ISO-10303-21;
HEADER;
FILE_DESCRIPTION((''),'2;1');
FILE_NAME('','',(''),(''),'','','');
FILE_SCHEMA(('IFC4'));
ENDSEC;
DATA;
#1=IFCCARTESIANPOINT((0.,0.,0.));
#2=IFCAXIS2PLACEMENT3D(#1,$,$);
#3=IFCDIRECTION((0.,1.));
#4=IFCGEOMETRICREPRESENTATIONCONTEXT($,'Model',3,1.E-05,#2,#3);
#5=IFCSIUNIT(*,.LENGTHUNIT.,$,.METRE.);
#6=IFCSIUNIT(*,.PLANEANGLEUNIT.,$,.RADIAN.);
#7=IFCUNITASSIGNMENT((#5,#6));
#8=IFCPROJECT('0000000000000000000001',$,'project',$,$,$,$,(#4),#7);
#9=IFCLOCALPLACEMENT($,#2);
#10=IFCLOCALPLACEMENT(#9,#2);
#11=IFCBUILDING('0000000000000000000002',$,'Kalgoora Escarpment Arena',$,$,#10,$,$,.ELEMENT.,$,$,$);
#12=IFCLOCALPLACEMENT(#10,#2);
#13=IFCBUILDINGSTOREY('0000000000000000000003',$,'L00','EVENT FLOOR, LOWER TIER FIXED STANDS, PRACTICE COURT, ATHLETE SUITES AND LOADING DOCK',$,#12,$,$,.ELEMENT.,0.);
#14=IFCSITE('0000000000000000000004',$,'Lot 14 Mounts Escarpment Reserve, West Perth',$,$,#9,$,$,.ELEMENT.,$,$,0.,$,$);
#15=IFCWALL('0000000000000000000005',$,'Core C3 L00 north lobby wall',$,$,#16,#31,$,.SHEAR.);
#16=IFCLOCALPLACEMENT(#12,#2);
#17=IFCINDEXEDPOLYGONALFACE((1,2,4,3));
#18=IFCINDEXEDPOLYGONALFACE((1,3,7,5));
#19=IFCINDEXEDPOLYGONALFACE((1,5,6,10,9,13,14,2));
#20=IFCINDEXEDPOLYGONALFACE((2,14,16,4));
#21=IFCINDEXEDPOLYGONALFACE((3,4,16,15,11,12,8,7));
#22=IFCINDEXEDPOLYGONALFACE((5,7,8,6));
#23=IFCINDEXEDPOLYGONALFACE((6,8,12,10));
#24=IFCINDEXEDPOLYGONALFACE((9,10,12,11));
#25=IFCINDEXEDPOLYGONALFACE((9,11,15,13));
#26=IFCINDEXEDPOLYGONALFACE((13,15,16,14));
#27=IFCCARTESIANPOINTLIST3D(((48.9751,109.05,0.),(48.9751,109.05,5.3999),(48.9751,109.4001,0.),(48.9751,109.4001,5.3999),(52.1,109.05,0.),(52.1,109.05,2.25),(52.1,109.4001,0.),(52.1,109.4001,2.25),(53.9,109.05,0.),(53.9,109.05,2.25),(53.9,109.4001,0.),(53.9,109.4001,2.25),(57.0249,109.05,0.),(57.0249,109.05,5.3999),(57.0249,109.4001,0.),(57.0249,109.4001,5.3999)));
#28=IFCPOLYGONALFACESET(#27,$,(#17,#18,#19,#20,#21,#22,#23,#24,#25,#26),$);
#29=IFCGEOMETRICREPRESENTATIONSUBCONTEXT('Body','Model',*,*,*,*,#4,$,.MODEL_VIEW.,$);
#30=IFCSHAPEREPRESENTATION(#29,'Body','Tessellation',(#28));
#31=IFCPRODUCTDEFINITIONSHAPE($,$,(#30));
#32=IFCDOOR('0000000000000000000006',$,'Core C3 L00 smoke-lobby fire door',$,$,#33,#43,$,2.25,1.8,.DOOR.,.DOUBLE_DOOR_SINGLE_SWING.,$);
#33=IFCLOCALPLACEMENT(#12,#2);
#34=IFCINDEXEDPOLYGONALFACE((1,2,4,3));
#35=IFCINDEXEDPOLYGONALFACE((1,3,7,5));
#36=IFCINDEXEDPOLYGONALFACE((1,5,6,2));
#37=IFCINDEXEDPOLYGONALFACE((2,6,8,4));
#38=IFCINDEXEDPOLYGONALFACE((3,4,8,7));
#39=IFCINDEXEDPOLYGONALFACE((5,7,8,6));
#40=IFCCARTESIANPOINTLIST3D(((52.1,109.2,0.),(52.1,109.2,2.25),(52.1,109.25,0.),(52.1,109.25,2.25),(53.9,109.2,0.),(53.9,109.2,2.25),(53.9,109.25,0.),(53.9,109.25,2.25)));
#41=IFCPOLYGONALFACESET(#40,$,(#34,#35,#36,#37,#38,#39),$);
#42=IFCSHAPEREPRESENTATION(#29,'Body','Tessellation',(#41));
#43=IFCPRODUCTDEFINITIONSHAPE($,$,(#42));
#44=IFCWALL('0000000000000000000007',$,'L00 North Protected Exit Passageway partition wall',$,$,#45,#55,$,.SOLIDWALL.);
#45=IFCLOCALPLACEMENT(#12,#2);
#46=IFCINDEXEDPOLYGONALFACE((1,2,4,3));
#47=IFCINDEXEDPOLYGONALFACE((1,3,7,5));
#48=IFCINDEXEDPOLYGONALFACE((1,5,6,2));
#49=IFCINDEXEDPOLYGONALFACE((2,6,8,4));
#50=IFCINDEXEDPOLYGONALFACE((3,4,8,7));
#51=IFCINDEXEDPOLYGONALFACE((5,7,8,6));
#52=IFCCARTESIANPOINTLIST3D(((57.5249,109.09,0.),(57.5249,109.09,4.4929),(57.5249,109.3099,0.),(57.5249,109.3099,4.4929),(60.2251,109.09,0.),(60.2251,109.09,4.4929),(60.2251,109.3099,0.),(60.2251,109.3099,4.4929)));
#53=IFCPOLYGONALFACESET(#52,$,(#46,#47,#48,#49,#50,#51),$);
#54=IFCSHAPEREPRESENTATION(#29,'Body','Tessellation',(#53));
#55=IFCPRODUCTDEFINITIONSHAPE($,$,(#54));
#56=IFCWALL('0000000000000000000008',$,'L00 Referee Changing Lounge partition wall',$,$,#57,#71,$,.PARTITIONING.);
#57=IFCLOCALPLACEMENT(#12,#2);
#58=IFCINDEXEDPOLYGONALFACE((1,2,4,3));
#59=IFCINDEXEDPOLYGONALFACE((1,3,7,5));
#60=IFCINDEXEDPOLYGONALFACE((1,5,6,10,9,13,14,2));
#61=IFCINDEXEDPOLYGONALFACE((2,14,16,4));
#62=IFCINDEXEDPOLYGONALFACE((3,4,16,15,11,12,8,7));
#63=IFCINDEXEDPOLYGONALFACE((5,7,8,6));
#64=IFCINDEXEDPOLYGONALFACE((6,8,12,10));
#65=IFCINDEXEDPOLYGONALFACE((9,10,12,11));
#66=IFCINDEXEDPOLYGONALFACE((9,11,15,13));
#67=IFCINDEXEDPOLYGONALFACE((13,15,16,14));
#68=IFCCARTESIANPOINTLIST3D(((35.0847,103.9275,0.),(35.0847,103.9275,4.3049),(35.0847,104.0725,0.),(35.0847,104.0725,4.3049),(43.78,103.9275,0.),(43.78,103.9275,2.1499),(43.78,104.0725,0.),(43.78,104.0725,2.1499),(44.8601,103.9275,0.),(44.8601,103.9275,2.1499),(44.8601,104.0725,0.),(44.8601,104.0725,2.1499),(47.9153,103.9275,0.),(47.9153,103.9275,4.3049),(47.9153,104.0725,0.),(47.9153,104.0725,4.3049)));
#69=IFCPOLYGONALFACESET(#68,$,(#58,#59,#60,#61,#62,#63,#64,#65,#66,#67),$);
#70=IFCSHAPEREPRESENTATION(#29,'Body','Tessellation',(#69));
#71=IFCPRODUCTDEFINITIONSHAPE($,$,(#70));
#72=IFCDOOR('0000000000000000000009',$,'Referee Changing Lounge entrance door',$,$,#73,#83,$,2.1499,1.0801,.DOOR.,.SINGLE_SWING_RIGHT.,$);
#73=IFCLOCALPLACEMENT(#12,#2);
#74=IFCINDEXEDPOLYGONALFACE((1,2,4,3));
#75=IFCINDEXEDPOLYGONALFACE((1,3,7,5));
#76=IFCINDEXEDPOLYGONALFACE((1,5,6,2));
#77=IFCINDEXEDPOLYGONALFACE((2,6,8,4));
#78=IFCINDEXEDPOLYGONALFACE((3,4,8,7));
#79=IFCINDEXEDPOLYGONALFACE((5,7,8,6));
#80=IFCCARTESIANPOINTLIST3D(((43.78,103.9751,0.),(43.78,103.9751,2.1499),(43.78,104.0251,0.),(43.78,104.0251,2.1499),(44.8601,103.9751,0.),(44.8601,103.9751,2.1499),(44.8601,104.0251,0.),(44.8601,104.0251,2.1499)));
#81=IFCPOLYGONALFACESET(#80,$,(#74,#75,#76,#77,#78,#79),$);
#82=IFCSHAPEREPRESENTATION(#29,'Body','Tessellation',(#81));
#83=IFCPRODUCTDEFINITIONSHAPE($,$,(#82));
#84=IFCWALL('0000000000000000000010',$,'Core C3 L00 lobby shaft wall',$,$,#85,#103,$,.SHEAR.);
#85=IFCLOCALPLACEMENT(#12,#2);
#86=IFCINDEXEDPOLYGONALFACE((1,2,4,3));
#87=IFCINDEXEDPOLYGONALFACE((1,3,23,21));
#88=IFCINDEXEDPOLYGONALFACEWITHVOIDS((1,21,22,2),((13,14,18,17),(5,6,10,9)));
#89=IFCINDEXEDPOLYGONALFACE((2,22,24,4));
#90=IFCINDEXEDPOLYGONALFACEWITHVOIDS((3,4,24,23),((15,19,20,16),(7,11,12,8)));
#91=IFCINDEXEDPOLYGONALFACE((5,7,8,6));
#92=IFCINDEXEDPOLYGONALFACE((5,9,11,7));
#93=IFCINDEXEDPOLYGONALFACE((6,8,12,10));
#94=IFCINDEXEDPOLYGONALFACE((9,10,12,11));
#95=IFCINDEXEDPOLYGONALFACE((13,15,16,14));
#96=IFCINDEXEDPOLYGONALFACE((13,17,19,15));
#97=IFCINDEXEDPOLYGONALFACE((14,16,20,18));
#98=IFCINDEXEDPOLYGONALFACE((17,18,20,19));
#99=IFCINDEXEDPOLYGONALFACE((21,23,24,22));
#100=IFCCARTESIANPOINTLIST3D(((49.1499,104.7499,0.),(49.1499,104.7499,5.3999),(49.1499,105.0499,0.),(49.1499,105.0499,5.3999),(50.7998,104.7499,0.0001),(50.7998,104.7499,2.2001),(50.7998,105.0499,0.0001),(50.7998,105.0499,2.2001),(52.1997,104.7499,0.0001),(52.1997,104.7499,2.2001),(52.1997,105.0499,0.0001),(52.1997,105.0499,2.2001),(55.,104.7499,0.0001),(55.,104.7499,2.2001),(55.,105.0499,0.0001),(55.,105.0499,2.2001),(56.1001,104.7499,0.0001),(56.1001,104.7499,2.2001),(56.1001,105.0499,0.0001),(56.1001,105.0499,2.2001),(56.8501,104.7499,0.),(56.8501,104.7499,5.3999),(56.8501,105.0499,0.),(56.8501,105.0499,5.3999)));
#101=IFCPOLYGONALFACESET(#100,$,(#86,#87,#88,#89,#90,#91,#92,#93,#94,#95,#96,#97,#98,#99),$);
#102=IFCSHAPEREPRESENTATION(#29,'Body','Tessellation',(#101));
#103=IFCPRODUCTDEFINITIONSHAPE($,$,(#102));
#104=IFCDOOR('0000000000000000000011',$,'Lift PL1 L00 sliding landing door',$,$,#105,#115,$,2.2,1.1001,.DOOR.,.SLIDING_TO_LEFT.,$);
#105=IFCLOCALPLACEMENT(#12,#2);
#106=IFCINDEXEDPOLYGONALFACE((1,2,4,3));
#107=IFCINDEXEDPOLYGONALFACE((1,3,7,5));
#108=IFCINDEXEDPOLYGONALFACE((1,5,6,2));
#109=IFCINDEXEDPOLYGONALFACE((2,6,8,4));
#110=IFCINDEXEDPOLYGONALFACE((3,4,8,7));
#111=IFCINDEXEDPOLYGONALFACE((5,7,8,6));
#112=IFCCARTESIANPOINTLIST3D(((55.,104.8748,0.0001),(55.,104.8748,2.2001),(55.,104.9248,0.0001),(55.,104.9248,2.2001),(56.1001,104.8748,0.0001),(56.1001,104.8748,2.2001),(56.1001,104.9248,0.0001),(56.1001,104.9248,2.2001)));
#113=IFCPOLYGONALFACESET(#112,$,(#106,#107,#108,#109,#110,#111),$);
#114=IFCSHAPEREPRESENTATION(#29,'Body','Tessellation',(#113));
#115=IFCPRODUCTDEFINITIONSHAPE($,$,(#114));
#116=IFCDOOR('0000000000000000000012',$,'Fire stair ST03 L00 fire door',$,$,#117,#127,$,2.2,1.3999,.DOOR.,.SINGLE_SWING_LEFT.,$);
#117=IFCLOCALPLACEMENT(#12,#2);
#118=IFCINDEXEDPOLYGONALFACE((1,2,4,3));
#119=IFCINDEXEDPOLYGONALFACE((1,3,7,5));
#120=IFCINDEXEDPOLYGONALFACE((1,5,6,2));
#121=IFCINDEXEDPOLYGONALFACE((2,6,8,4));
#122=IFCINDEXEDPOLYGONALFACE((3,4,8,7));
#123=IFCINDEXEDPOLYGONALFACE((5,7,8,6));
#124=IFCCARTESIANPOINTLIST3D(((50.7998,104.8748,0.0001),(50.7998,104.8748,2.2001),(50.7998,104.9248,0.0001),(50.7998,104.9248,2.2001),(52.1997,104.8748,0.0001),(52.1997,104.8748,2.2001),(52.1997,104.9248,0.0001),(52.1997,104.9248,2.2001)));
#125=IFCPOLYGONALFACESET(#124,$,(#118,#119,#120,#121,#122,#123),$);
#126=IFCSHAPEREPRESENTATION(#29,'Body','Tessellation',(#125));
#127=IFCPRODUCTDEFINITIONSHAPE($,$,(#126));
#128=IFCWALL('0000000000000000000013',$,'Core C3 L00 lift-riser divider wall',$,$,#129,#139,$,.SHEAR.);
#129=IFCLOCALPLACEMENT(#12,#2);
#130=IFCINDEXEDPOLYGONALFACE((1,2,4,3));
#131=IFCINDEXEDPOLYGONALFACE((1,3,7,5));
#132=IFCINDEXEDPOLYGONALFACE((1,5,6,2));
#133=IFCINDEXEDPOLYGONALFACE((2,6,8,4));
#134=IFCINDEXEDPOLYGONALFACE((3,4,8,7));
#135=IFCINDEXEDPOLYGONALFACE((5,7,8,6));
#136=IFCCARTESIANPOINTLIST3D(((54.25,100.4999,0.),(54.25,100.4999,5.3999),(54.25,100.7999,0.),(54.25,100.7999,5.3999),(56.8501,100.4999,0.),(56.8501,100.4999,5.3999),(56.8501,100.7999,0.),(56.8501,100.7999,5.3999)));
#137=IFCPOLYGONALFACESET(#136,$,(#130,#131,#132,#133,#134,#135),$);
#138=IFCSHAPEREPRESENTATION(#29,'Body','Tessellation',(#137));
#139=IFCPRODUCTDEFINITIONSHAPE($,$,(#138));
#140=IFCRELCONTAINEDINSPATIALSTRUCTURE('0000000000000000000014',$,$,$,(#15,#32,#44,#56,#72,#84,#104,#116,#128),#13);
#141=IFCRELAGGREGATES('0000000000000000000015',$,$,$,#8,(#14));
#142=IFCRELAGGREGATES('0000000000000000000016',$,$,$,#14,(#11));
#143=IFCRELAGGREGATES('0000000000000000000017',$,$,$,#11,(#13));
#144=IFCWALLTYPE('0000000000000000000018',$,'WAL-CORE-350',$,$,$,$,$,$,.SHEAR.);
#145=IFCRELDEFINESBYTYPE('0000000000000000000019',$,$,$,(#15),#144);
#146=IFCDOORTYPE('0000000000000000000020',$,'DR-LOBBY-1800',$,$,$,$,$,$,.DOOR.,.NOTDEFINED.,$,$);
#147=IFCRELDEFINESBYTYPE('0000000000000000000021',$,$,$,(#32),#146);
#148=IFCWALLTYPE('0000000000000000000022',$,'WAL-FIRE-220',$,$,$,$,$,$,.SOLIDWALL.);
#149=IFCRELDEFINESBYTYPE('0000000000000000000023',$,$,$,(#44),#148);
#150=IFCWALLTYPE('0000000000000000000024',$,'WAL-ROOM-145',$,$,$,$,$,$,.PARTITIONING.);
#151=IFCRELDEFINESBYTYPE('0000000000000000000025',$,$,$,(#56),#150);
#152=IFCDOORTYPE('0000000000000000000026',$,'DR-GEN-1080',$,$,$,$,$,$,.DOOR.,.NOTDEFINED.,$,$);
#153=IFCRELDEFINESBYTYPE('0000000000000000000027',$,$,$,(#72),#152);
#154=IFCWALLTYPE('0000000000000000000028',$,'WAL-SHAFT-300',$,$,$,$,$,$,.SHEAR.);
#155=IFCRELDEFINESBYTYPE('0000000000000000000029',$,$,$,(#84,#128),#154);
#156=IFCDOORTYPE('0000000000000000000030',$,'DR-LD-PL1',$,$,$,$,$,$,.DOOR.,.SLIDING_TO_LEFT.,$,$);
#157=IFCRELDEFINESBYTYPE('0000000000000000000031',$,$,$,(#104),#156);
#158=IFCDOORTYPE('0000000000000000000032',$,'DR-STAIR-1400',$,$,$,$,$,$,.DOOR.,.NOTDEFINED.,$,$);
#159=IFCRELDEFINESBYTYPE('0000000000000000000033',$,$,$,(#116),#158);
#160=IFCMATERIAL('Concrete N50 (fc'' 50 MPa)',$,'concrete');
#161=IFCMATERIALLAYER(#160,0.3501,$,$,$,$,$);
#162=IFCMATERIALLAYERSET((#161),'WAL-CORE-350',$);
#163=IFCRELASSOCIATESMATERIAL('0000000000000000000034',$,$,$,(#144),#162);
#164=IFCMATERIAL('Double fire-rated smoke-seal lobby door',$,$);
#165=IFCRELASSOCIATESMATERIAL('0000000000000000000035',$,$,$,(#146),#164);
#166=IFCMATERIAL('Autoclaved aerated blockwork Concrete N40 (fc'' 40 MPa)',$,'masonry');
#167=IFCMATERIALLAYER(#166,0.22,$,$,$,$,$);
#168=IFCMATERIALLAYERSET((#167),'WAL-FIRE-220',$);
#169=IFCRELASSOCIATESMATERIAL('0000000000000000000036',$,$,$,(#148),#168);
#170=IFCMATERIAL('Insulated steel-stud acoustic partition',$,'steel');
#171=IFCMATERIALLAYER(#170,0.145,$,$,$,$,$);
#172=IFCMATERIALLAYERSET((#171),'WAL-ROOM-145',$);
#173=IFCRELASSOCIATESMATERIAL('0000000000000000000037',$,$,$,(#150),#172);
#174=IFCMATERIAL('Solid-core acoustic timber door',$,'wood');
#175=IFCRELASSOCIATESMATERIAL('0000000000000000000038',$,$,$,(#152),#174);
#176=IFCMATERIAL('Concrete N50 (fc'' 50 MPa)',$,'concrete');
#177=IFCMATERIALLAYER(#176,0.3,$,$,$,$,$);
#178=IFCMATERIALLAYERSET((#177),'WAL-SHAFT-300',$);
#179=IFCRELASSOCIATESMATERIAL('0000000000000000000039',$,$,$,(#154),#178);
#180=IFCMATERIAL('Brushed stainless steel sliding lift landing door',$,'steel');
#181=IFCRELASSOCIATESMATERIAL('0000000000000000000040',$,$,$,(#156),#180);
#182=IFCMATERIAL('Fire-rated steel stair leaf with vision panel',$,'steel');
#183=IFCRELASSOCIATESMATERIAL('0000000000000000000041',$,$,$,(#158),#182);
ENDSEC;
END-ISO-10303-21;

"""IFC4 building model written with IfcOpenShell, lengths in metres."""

from ifc_helpers import new_model, si_unit, direction, frame, frame_2d, origin, place, context, subcontext, project, spatial, rectangle, extrude, material, layer, layer_set, type_object, element, fill, save


model = new_model("IFC4")

# Units and contexts
model_context = context("Model", 3, precision=1e-05, world=origin(), true_north=direction((0.0, 1.0)))
body_context = subcontext(model_context, "Body", "Model", "MODEL_VIEW")
ifc_project = project(units=[si_unit("LENGTHUNIT", "METRE"), si_unit("PLANEANGLEUNIT", "RADIAN")], contexts=[model_context])

# Site, building, storey
site_placement = place(None, origin())
site = spatial("IfcSite", under=ifc_project, at=site_placement, Name="Lot 14 Mounts Escarpment Reserve, West Perth", CompositionType="ELEMENT", RefElevation=0.0)
building_placement = place(site_placement, origin())
building = spatial("IfcBuilding", under=site, at=building_placement, Name="Kalgoora Escarpment Arena", CompositionType="ELEMENT")
storey_placement = place(building_placement, origin())
storey = spatial("IfcBuildingStorey", under=building, at=storey_placement, Name="L00", Description="EVENT FLOOR, LOWER TIER FIXED STANDS, PRACTICE COURT, ATHLETE SUITES AND LOADING DOCK", CompositionType="ELEMENT", Elevation=0.0)

# Wall, opening, door
ifc_material_1 = material(Name="Concrete N50 (fc' 50 MPa)", Category="concrete")
ifc_layer_1 = layer(ifc_material_1, 0.3501)
ifc_layer_set_1 = layer_set([ifc_layer_1], Name="WAL-CORE-350")
wall_type_1 = type_object("IfcWallType", Name="WAL-CORE-350", PredefinedType="SHEAR", material=ifc_layer_set_1)
wall_1_placement = place(storey_placement, frame((48.9751, 109.2251, 0.0), z_axis=(0.0, 0.0, 1.0), x_axis=(1.0, 0.0, 0.0)))
wall_1 = element("IfcWall", 1, at=wall_1_placement, inside=storey, type_object=wall_type_1, Name="Core C3 L00 north lobby wall", PredefinedType="SHEAR", context=body_context, shape_type="SweptSolid", body=[
    extrude(rectangle(XDim=8.0498, YDim=0.3501, at=frame_2d((4.0249, 0.0))), origin(), (0.0, 0.0, 1.0), 5.3999),
])
opening_1_placement = place(wall_1_placement, frame((3.125, 0.0, 0.0)))
opening_1 = element("IfcOpeningElement", 2, at=opening_1_placement, cuts=wall_1, PredefinedType="OPENING", context=body_context, shape_type="SweptSolid", body=[
    extrude(rectangle(XDim=1.8, YDim=2.25, at=frame_2d((0.8999, 1.125))), frame((0.0, 0.1851, 0.0), z_axis=(0.0, -1.0, 0.0), x_axis=(1.0, 0.0, 0.0)), (0.0, 0.0, 1.0), 0.3701),
])
ifc_material_2 = material(Name="Double fire-rated smoke-seal lobby door")
door_type_1 = type_object("IfcDoorType", Name="DR-LOBBY-1800", OperationType="NOTDEFINED", PredefinedType="DOOR", material=ifc_material_2)
door_1_placement = place(opening_1_placement, origin())
door_1 = element("IfcDoor", 3, at=door_1_placement, inside=storey, type_object=door_type_1, Name="Core C3 L00 smoke-lobby fire door", OperationType="DOUBLE_DOOR_SINGLE_SWING", OverallHeight=2.25, OverallWidth=1.8, PredefinedType="DOOR", context=body_context, shape_type="SweptSolid", body=[
    extrude(rectangle(XDim=1.8, YDim=2.25, at=frame_2d((0.8999, 1.125))), frame((0.0, 0.0249, 0.0), z_axis=(0.0, -1.0, 0.0), x_axis=(1.0, 0.0, 0.0)), (0.0, 0.0, 1.0), 0.05),
])
fill(opening_1, door_1)

# Wall
ifc_material_3 = material(Name="Autoclaved aerated blockwork Concrete N40 (fc' 40 MPa)", Category="masonry")
ifc_layer_2 = layer(ifc_material_3, 0.22)
ifc_layer_set_2 = layer_set([ifc_layer_2], Name="WAL-FIRE-220")
wall_type_2 = type_object("IfcWallType", Name="WAL-FIRE-220", PredefinedType="SOLIDWALL", material=ifc_layer_set_2)
wall_2_placement = place(storey_placement, frame((60.2251, 109.2, 0.0), z_axis=(0.0, 0.0, 1.0), x_axis=(-1.0, 0.0, 0.0)))
element("IfcWall", 4, at=wall_2_placement, inside=storey, type_object=wall_type_2, Name="L00 North Protected Exit Passageway partition wall", PredefinedType="SOLIDWALL", context=body_context, shape_type="SweptSolid", body=[
    extrude(rectangle(XDim=2.7002, YDim=0.22, at=frame_2d((1.3501, 0.0))), origin(), (0.0, 0.0, 1.0), 4.4929),
])

# Wall, opening, door
ifc_material_4 = material(Name="Insulated steel-stud acoustic partition", Category="steel")
ifc_layer_3 = layer(ifc_material_4, 0.145)
ifc_layer_set_3 = layer_set([ifc_layer_3], Name="WAL-ROOM-145")
wall_type_3 = type_object("IfcWallType", Name="WAL-ROOM-145", PredefinedType="PARTITIONING", material=ifc_layer_set_3)
wall_3_placement = place(storey_placement, frame((47.9153, 104.0, 0.0), z_axis=(0.0, 0.0, 1.0), x_axis=(-1.0, 0.0, 0.0)))
wall_3 = element("IfcWall", 5, at=wall_3_placement, inside=storey, type_object=wall_type_3, Name="L00 Referee Changing Lounge partition wall", PredefinedType="PARTITIONING", context=body_context, shape_type="SweptSolid", body=[
    extrude(rectangle(XDim=12.8306, YDim=0.145, at=frame_2d((6.4153, 0.0))), origin(), (0.0, 0.0, 1.0), 4.3049),
])
opening_2_placement = place(wall_3_placement, frame((3.0552, 0.0, 0.0)))
opening_2 = element("IfcOpeningElement", 6, at=opening_2_placement, cuts=wall_3, PredefinedType="OPENING", context=body_context, shape_type="SweptSolid", body=[
    extrude(rectangle(XDim=1.0801, YDim=2.1499, at=frame_2d((0.54, 1.075))), frame((0.0, 0.0825, 0.0), z_axis=(0.0, -1.0, 0.0), x_axis=(1.0, 0.0, 0.0)), (0.0, 0.0, 1.0), 0.165),
])
ifc_material_5 = material(Name="Solid-core acoustic timber door", Category="wood")
door_type_2 = type_object("IfcDoorType", Name="DR-GEN-1080", OperationType="NOTDEFINED", PredefinedType="DOOR", material=ifc_material_5)
door_2_placement = place(opening_2_placement, origin())
door_2 = element("IfcDoor", 7, at=door_2_placement, inside=storey, type_object=door_type_2, Name="Referee Changing Lounge entrance door", OperationType="SINGLE_SWING_RIGHT", OverallHeight=2.1499, OverallWidth=1.0801, PredefinedType="DOOR", context=body_context, shape_type="SweptSolid", body=[
    extrude(rectangle(XDim=1.0801, YDim=2.1499, at=frame_2d((0.54, 1.075))), frame((0.0, 0.0249, 0.0), z_axis=(0.0, -1.0, 0.0), x_axis=(1.0, 0.0, 0.0)), (0.0, 0.0, 1.0), 0.05),
])
fill(opening_2, door_2)

# Wall, openings, doors
ifc_material_6 = material(Name="Concrete N50 (fc' 50 MPa)", Category="concrete")
ifc_layer_4 = layer(ifc_material_6, 0.3)
ifc_layer_set_4 = layer_set([ifc_layer_4], Name="WAL-SHAFT-300")
wall_type_4 = type_object("IfcWallType", Name="WAL-SHAFT-300", PredefinedType="SHEAR", material=ifc_layer_set_4)
wall_4_placement = place(storey_placement, frame((49.1499, 104.8999, 0.0), z_axis=(0.0, 0.0, 1.0), x_axis=(1.0, 0.0, 0.0)))
wall_4 = element("IfcWall", 8, at=wall_4_placement, inside=storey, type_object=wall_type_4, Name="Core C3 L00 lobby shaft wall", PredefinedType="SHEAR", context=body_context, shape_type="SweptSolid", body=[
    extrude(rectangle(XDim=7.7002, YDim=0.3, at=frame_2d((3.8501, 0.0))), origin(), (0.0, 0.0, 1.0), 5.3999),
])
opening_3_placement = place(wall_4_placement, frame((1.6499, 0.0, 0.0)))
opening_3 = element("IfcOpeningElement", 9, at=opening_3_placement, cuts=wall_4, PredefinedType="OPENING", context=body_context, shape_type="SweptSolid", body=[
    extrude(rectangle(XDim=1.3999, YDim=2.2, at=frame_2d((0.7, 1.1001))), frame((0.0, 0.1599, 0.0), z_axis=(0.0, -1.0, 0.0), x_axis=(1.0, 0.0, 0.0)), (0.0, 0.0, 1.0), 0.3201),
])
opening_4_placement = place(wall_4_placement, frame((5.8501, 0.0, 0.0)))
opening_4 = element("IfcOpeningElement", 10, at=opening_4_placement, cuts=wall_4, PredefinedType="OPENING", context=body_context, shape_type="SweptSolid", body=[
    extrude(rectangle(XDim=1.1001, YDim=2.2, at=frame_2d((0.55, 1.1001))), frame((0.0, 0.1599, 0.0), z_axis=(0.0, -1.0, 0.0), x_axis=(1.0, 0.0, 0.0)), (0.0, 0.0, 1.0), 0.3201),
])
ifc_material_7 = material(Name="Brushed stainless steel sliding lift landing door", Category="steel")
door_type_3 = type_object("IfcDoorType", Name="DR-LD-PL1", OperationType="SLIDING_TO_LEFT", PredefinedType="DOOR", material=ifc_material_7)
door_3_placement = place(opening_4_placement, origin())
door_3 = element("IfcDoor", 11, at=door_3_placement, inside=storey, type_object=door_type_3, Name="Lift PL1 L00 sliding landing door", OperationType="SLIDING_TO_LEFT", OverallHeight=2.2, OverallWidth=1.1001, PredefinedType="DOOR", context=body_context, shape_type="SweptSolid", body=[
    extrude(rectangle(XDim=1.1001, YDim=2.2, at=frame_2d((0.55, 1.1001))), frame((0.0, 0.0249, 0.0), z_axis=(0.0, -1.0, 0.0), x_axis=(1.0, 0.0, 0.0)), (0.0, 0.0, 1.0), 0.05),
])
fill(opening_4, door_3)
ifc_material_8 = material(Name="Fire-rated steel stair leaf with vision panel", Category="steel")
door_type_4 = type_object("IfcDoorType", Name="DR-STAIR-1400", OperationType="NOTDEFINED", PredefinedType="DOOR", material=ifc_material_8)
door_4_placement = place(opening_3_placement, origin())
door_4 = element("IfcDoor", 12, at=door_4_placement, inside=storey, type_object=door_type_4, Name="Fire stair ST03 L00 fire door", OperationType="SINGLE_SWING_LEFT", OverallHeight=2.2, OverallWidth=1.3999, PredefinedType="DOOR", context=body_context, shape_type="SweptSolid", body=[
    extrude(rectangle(XDim=1.3999, YDim=2.2, at=frame_2d((0.7, 1.1001))), frame((0.0, 0.0249, 0.0), z_axis=(0.0, -1.0, 0.0), x_axis=(1.0, 0.0, 0.0)), (0.0, 0.0, 1.0), 0.05),
])
fill(opening_3, door_4)

# Wall
wall_5_placement = place(storey_placement, frame((54.25, 100.6499, 0.0), z_axis=(0.0, 0.0, 1.0), x_axis=(1.0, 0.0, 0.0)))
element("IfcWall", 13, at=wall_5_placement, inside=storey, type_object=wall_type_4, Name="Core C3 L00 lift-riser divider wall", PredefinedType="SHEAR", context=body_context, shape_type="SweptSolid", body=[
    extrude(rectangle(XDim=2.6001, YDim=0.3, at=frame_2d((1.3, 0.0))), origin(), (0.0, 0.0, 1.0), 5.3999),
])

save(model, "model.ifc")
